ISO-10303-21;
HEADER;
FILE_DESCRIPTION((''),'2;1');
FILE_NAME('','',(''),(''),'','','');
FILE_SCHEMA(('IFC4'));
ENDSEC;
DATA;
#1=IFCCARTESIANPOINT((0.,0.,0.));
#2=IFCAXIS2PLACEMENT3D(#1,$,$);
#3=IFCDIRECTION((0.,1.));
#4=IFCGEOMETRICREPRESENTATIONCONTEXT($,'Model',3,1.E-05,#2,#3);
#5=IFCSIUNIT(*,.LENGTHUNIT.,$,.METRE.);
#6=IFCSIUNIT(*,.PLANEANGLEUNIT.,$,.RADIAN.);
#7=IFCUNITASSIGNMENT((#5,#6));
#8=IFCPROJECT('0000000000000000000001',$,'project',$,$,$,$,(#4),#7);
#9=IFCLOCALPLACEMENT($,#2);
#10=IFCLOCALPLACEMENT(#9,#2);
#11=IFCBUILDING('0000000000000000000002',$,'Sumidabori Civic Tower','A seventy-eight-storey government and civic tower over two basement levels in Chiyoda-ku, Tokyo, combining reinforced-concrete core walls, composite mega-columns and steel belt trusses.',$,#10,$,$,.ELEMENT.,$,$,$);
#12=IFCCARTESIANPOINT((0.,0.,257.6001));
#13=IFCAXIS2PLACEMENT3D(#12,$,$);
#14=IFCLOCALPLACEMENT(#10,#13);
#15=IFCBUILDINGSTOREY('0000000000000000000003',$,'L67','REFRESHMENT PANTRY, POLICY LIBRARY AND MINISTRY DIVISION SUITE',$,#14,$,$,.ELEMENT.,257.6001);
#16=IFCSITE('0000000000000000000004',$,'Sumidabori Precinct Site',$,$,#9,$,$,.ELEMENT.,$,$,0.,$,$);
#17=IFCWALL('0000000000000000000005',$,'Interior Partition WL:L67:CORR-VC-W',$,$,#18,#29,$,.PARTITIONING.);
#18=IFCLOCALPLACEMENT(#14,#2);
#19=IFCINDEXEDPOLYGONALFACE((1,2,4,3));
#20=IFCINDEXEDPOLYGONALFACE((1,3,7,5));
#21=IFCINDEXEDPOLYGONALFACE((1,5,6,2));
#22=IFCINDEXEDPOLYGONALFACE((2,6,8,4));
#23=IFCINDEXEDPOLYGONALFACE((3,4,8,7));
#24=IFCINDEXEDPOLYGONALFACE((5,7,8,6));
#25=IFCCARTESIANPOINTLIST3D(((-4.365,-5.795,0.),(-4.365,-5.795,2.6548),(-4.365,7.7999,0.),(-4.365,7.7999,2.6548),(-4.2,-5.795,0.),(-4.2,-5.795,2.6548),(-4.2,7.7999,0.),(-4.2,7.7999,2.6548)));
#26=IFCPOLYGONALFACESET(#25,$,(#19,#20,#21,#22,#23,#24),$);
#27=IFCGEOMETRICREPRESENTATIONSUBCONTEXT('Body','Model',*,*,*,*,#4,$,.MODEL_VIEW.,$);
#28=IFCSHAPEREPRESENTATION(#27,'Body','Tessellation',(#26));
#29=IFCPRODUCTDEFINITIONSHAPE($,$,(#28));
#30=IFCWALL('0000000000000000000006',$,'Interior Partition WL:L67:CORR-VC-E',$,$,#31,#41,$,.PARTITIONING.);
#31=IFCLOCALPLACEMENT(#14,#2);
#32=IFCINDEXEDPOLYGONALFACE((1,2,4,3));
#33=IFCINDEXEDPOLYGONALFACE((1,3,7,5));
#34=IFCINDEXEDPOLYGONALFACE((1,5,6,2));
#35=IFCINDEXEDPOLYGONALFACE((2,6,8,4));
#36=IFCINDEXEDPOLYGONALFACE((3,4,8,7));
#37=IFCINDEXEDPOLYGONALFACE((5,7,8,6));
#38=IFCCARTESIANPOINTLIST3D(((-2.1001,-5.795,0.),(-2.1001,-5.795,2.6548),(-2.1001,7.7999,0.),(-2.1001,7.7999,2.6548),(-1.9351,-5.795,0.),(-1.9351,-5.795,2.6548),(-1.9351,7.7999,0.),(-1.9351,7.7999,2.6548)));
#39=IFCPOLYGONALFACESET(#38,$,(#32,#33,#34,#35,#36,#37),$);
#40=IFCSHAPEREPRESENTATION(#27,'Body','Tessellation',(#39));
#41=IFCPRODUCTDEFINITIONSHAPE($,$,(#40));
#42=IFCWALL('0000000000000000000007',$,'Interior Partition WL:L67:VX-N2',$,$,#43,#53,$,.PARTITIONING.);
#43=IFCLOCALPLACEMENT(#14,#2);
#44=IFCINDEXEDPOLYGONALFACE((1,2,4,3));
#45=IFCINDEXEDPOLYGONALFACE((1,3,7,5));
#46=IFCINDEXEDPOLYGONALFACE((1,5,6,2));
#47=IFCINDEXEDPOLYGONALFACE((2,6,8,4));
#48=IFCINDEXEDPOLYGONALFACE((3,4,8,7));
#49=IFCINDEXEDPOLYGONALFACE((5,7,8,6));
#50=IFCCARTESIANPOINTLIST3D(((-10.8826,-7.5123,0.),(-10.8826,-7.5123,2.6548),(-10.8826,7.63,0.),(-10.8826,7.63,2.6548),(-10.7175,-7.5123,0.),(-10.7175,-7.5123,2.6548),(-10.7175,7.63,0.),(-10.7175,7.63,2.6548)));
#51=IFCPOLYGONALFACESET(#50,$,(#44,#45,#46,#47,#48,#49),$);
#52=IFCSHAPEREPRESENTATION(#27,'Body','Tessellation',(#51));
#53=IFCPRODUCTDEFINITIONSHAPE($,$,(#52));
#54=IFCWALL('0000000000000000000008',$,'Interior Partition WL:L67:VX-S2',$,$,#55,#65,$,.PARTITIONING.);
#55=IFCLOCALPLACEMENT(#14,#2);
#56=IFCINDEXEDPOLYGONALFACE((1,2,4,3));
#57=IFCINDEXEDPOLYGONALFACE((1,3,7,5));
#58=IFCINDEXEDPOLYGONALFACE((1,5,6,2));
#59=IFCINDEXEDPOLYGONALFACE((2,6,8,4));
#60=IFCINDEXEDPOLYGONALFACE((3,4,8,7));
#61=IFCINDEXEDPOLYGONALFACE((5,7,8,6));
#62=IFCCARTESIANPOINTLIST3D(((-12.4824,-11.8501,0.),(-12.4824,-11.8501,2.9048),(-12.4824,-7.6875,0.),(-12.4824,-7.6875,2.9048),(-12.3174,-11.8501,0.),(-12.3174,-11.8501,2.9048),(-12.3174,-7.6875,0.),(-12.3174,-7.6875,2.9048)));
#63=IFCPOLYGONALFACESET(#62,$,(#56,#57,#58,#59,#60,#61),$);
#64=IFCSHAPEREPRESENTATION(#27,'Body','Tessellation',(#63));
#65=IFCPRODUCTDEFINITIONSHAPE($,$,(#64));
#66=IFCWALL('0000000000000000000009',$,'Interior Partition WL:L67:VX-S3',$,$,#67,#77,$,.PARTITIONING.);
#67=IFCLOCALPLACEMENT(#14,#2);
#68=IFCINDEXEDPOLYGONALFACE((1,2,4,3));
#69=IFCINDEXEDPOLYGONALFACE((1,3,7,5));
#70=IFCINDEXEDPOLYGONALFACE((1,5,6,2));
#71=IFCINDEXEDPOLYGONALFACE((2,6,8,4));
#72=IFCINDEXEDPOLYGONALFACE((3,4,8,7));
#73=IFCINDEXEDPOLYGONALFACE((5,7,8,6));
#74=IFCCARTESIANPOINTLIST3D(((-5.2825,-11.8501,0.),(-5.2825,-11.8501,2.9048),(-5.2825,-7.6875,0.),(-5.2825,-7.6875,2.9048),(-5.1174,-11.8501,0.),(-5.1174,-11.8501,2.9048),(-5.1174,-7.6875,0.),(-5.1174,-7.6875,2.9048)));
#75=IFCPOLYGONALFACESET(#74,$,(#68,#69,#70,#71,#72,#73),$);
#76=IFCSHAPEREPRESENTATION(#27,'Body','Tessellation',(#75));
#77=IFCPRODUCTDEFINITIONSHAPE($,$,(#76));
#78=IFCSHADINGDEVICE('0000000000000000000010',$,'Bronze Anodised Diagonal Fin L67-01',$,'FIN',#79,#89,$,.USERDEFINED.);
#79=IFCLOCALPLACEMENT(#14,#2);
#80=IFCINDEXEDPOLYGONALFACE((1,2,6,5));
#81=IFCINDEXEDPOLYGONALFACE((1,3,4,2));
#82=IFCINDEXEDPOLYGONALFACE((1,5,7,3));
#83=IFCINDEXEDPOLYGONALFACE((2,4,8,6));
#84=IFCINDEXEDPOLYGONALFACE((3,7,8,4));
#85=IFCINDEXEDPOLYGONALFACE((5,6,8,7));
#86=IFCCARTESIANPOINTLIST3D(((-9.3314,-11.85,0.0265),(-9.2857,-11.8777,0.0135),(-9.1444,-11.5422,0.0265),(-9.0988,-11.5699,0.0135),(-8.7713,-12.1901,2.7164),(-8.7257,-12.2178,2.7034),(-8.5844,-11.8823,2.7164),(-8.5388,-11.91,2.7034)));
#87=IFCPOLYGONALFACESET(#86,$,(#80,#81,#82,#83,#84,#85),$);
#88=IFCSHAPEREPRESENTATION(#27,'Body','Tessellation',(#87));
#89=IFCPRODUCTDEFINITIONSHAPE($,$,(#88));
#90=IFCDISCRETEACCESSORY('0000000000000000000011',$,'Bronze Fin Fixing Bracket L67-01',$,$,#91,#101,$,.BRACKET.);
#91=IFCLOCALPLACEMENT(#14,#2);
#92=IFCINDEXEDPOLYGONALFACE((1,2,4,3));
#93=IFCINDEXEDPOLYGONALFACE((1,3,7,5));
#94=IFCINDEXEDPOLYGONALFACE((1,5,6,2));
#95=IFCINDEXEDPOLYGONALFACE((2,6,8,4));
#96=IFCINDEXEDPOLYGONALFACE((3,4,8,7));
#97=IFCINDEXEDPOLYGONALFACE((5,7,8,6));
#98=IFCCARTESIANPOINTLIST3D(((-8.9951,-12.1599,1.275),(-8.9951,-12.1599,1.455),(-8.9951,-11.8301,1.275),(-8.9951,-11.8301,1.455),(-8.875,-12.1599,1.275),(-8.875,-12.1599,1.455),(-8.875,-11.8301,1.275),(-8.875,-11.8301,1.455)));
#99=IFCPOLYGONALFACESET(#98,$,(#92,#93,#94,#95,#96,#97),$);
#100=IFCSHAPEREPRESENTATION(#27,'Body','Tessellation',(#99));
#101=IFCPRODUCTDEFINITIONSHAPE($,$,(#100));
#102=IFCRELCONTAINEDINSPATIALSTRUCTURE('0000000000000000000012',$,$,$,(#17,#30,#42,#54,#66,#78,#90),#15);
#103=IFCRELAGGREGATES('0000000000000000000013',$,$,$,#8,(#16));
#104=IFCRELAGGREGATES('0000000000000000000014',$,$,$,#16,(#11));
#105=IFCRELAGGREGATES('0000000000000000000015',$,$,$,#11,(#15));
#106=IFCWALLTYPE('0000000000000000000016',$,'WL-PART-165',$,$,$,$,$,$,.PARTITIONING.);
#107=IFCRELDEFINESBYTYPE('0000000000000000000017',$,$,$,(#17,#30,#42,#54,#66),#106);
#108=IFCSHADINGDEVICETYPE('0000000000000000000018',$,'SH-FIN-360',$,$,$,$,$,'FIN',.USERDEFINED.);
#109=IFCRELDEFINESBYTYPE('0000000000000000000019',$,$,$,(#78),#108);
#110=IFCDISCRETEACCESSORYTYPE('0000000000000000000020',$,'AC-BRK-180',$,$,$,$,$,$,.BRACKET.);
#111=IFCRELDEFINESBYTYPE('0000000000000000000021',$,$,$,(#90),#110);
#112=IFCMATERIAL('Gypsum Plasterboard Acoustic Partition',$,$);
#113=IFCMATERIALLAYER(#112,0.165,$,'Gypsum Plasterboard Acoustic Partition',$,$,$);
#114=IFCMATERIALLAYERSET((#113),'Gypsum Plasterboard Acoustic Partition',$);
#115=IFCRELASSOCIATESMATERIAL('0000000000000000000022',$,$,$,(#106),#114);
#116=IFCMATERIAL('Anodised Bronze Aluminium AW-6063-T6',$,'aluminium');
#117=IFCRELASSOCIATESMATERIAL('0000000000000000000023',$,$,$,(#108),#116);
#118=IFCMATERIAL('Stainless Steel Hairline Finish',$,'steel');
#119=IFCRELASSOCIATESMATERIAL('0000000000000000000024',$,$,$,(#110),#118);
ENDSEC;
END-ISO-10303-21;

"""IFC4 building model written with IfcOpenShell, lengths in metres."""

from ifc_helpers import new_model, si_unit, direction, frame, frame_2d, origin, origin_2d, place, context, subcontext, project, spatial, rectangle, extrude, source, transform, mapped, material, layer, layer_set, material_profile, profile_set, type_object, element, save


model = new_model("IFC4")

# Units and contexts
model_context = context("Model", 3, precision=1e-05, world=origin(), true_north=direction((0.0, 1.0)))
body_context = subcontext(model_context, "Body", "Model", "MODEL_VIEW")
ifc_project = project(units=[si_unit("LENGTHUNIT", "METRE"), si_unit("PLANEANGLEUNIT", "RADIAN")], contexts=[model_context])

# Site, building, storey
site_placement = place(None, origin())
site = spatial("IfcSite", under=ifc_project, at=site_placement, Name="Sumidabori Precinct Site", CompositionType="ELEMENT", RefElevation=0.0)
building_placement = place(site_placement, origin())
building = spatial("IfcBuilding", under=site, at=building_placement, Name="Sumidabori Civic Tower", Description="A seventy-eight-storey government and civic tower over two basement levels in Chiyoda-ku, Tokyo, combining reinforced-concrete core walls, composite mega-columns and steel belt trusses.", CompositionType="ELEMENT")
storey_placement = place(building_placement, frame((0.0, 0.0, 257.6001)))
storey = spatial("IfcBuildingStorey", under=building, at=storey_placement, Name="L67", Description="REFRESHMENT PANTRY, POLICY LIBRARY AND MINISTRY DIVISION SUITE", CompositionType="ELEMENT", Elevation=257.6001)

# Shared definitions
ifc_material_1 = material(Name="Anodised Bronze Aluminium AW-6063-T6", Category="aluminium")

# Shared definitions
ifc_material_2 = material(Name="Gypsum Plasterboard Acoustic Partition")
ifc_layer_1 = layer(ifc_material_2, 0.165, Name="Gypsum Plasterboard Acoustic Partition")
ifc_layer_set_1 = layer_set([ifc_layer_1], Name="Gypsum Plasterboard Acoustic Partition")
wall_type = type_object("IfcWallType", Name="WL-PART-165", PredefinedType="PARTITIONING", material=ifc_layer_set_1)

# Walls
shared_shape_1 = source(origin(), body_context, "Body", "SweptSolid", [
    extrude(rectangle(XDim=13.595, YDim=0.165, at=frame_2d((6.7974, 0.0))), origin(), (0.0, 0.0, 1.0), 2.6548),
])
for number, where, z_axis, x_axis, name in (
    (1, (-4.2825, -5.7949, 0.0), (0.0, 0.0, 1.0), (0.0, 1.0, 0.0), "Interior Partition WL:L67:CORR-VC-W"),
    (2, (-2.0176, -5.7949, 0.0), (0.0, 0.0, 1.0), (0.0, 1.0, 0.0), "Interior Partition WL:L67:CORR-VC-E"),
):
    element("IfcWall", number, at=place(storey_placement, frame(where, z_axis=z_axis, x_axis=x_axis)), inside=storey, type_object=wall_type, Name=name, PredefinedType="PARTITIONING", context=body_context, shape_type="MappedRepresentation", body=[
        mapped(shared_shape_1, transform((0.0, 0.0, 0.0), x_axis=(1.0, 0.0, 0.0), y_axis=(0.0, 1.0, 0.0), z_axis=(0.0, 0.0, 1.0), scale=1.0)),
    ])
shared_shape_2 = source(origin(), body_context, "Body", "SweptSolid", [
    extrude(rectangle(XDim=15.1423, YDim=0.165, at=frame_2d((7.5713, 0.0))), origin(), (0.0, 0.0, 1.0), 2.6548),
])
wall_1_placement = place(storey_placement, frame((-10.8, -7.5125, 0.0), z_axis=(0.0, 0.0, 1.0), x_axis=(0.0, 1.0, 0.0)))
element("IfcWall", 3, at=wall_1_placement, inside=storey, type_object=wall_type, Name="Interior Partition WL:L67:VX-N2", PredefinedType="PARTITIONING", context=body_context, shape_type="MappedRepresentation", body=[
    mapped(shared_shape_2, transform((0.0, 0.0, 0.0), x_axis=(1.0, 0.0, 0.0), y_axis=(0.0, 1.0, 0.0), z_axis=(0.0, 0.0, 1.0), scale=1.0)),
])
shared_shape_3 = source(origin(), body_context, "Body", "SweptSolid", [
    extrude(rectangle(XDim=4.1626, YDim=0.165, at=frame_2d((2.0813, 0.0))), origin(), (0.0, 0.0, 1.0), 2.9048),
])
for number, where, z_axis, x_axis, name in (
    (4, (-12.3999, -11.8501, 0.0), (0.0, 0.0, 1.0), (0.0, 1.0, 0.0), "Interior Partition WL:L67:VX-S2"),
    (5, (-5.2, -11.8501, 0.0), (0.0, 0.0, 1.0), (0.0, 1.0, 0.0), "Interior Partition WL:L67:VX-S3"),
):
    element("IfcWall", number, at=place(storey_placement, frame(where, z_axis=z_axis, x_axis=x_axis)), inside=storey, type_object=wall_type, Name=name, PredefinedType="PARTITIONING", context=body_context, shape_type="MappedRepresentation", body=[
        mapped(shared_shape_3, transform((0.0, 0.0, 0.0), x_axis=(1.0, 0.0, 0.0), y_axis=(0.0, 1.0, 0.0), z_axis=(0.0, 0.0, 1.0), scale=1.0)),
    ])

# Shading device
ifc_material_profile_1 = material_profile(ifc_material_1, rectangle(XDim=0.0549, YDim=0.3601, at=origin_2d()), Name="BRONZE FIN 360x55")
ifc_profile_set_1 = profile_set([ifc_material_profile_1], Name="Anodised Bronze Aluminium AW-6063-T6")
shading_device_type = type_object("IfcShadingDeviceType", Name="SH-FIN-360", ElementType="FIN", PredefinedType="USERDEFINED", material=ifc_profile_set_1)
shared_shape_4 = source(origin(), body_context, "Body", "SweptSolid", [
    extrude(rectangle(XDim=0.0549, YDim=0.3601, at=origin_2d()), origin(), (0.0, 0.0, 1.0), 2.7686),
])
shading_device_placement = place(storey_placement, frame((-9.2151, -11.71, 0.02), z_axis=(0.20229, -0.122838, 0.971591), x_axis=(0.83047, -0.504291, -0.236665)))
element("IfcShadingDevice", 6, at=shading_device_placement, inside=storey, type_object=shading_device_type, Name="Bronze Anodised Diagonal Fin L67-01", ObjectType="FIN", PredefinedType="USERDEFINED", context=body_context, shape_type="MappedRepresentation", body=[
    mapped(shared_shape_4, transform((0.0, 0.0, 0.0), x_axis=(1.0, 0.0, 0.0), y_axis=(0.0, 1.0, 0.0), z_axis=(0.0, 0.0, 1.0), scale=1.0)),
])

# Discrete accessory
ifc_material_3 = material(Name="Stainless Steel Hairline Finish", Category="steel")
ifc_material_profile_2 = material_profile(ifc_material_3, rectangle(XDim=0.1201, YDim=0.1799, at=origin_2d()), Name="STEEL BRACKET 180x120")
ifc_profile_set_2 = profile_set([ifc_material_profile_2], Name="Stainless Steel Hairline Finish")
discrete_accessory_type = type_object("IfcDiscreteAccessoryType", Name="AC-BRK-180", PredefinedType="BRACKET", material=ifc_profile_set_2)
shared_shape_5 = source(origin(), body_context, "Body", "SweptSolid", [
    extrude(rectangle(XDim=0.1201, YDim=0.1799, at=origin_2d()), origin(), (0.0, 0.0, 1.0), 0.3298),
])
discrete_accessory_placement = place(storey_placement, frame((-8.9351, -11.8301, 1.365), z_axis=(0.0, -1.0, 0.0), x_axis=(1.0, 0.0, 0.0)))
element("IfcDiscreteAccessory", 7, at=discrete_accessory_placement, inside=storey, type_object=discrete_accessory_type, Name="Bronze Fin Fixing Bracket L67-01", PredefinedType="BRACKET", context=body_context, shape_type="MappedRepresentation", body=[
    mapped(shared_shape_5, transform((0.0, 0.0, 0.0), x_axis=(1.0, 0.0, 0.0), y_axis=(0.0, 1.0, 0.0), z_axis=(0.0, 0.0, 1.0), scale=1.0)),
])

save(model, "model.ifc")
